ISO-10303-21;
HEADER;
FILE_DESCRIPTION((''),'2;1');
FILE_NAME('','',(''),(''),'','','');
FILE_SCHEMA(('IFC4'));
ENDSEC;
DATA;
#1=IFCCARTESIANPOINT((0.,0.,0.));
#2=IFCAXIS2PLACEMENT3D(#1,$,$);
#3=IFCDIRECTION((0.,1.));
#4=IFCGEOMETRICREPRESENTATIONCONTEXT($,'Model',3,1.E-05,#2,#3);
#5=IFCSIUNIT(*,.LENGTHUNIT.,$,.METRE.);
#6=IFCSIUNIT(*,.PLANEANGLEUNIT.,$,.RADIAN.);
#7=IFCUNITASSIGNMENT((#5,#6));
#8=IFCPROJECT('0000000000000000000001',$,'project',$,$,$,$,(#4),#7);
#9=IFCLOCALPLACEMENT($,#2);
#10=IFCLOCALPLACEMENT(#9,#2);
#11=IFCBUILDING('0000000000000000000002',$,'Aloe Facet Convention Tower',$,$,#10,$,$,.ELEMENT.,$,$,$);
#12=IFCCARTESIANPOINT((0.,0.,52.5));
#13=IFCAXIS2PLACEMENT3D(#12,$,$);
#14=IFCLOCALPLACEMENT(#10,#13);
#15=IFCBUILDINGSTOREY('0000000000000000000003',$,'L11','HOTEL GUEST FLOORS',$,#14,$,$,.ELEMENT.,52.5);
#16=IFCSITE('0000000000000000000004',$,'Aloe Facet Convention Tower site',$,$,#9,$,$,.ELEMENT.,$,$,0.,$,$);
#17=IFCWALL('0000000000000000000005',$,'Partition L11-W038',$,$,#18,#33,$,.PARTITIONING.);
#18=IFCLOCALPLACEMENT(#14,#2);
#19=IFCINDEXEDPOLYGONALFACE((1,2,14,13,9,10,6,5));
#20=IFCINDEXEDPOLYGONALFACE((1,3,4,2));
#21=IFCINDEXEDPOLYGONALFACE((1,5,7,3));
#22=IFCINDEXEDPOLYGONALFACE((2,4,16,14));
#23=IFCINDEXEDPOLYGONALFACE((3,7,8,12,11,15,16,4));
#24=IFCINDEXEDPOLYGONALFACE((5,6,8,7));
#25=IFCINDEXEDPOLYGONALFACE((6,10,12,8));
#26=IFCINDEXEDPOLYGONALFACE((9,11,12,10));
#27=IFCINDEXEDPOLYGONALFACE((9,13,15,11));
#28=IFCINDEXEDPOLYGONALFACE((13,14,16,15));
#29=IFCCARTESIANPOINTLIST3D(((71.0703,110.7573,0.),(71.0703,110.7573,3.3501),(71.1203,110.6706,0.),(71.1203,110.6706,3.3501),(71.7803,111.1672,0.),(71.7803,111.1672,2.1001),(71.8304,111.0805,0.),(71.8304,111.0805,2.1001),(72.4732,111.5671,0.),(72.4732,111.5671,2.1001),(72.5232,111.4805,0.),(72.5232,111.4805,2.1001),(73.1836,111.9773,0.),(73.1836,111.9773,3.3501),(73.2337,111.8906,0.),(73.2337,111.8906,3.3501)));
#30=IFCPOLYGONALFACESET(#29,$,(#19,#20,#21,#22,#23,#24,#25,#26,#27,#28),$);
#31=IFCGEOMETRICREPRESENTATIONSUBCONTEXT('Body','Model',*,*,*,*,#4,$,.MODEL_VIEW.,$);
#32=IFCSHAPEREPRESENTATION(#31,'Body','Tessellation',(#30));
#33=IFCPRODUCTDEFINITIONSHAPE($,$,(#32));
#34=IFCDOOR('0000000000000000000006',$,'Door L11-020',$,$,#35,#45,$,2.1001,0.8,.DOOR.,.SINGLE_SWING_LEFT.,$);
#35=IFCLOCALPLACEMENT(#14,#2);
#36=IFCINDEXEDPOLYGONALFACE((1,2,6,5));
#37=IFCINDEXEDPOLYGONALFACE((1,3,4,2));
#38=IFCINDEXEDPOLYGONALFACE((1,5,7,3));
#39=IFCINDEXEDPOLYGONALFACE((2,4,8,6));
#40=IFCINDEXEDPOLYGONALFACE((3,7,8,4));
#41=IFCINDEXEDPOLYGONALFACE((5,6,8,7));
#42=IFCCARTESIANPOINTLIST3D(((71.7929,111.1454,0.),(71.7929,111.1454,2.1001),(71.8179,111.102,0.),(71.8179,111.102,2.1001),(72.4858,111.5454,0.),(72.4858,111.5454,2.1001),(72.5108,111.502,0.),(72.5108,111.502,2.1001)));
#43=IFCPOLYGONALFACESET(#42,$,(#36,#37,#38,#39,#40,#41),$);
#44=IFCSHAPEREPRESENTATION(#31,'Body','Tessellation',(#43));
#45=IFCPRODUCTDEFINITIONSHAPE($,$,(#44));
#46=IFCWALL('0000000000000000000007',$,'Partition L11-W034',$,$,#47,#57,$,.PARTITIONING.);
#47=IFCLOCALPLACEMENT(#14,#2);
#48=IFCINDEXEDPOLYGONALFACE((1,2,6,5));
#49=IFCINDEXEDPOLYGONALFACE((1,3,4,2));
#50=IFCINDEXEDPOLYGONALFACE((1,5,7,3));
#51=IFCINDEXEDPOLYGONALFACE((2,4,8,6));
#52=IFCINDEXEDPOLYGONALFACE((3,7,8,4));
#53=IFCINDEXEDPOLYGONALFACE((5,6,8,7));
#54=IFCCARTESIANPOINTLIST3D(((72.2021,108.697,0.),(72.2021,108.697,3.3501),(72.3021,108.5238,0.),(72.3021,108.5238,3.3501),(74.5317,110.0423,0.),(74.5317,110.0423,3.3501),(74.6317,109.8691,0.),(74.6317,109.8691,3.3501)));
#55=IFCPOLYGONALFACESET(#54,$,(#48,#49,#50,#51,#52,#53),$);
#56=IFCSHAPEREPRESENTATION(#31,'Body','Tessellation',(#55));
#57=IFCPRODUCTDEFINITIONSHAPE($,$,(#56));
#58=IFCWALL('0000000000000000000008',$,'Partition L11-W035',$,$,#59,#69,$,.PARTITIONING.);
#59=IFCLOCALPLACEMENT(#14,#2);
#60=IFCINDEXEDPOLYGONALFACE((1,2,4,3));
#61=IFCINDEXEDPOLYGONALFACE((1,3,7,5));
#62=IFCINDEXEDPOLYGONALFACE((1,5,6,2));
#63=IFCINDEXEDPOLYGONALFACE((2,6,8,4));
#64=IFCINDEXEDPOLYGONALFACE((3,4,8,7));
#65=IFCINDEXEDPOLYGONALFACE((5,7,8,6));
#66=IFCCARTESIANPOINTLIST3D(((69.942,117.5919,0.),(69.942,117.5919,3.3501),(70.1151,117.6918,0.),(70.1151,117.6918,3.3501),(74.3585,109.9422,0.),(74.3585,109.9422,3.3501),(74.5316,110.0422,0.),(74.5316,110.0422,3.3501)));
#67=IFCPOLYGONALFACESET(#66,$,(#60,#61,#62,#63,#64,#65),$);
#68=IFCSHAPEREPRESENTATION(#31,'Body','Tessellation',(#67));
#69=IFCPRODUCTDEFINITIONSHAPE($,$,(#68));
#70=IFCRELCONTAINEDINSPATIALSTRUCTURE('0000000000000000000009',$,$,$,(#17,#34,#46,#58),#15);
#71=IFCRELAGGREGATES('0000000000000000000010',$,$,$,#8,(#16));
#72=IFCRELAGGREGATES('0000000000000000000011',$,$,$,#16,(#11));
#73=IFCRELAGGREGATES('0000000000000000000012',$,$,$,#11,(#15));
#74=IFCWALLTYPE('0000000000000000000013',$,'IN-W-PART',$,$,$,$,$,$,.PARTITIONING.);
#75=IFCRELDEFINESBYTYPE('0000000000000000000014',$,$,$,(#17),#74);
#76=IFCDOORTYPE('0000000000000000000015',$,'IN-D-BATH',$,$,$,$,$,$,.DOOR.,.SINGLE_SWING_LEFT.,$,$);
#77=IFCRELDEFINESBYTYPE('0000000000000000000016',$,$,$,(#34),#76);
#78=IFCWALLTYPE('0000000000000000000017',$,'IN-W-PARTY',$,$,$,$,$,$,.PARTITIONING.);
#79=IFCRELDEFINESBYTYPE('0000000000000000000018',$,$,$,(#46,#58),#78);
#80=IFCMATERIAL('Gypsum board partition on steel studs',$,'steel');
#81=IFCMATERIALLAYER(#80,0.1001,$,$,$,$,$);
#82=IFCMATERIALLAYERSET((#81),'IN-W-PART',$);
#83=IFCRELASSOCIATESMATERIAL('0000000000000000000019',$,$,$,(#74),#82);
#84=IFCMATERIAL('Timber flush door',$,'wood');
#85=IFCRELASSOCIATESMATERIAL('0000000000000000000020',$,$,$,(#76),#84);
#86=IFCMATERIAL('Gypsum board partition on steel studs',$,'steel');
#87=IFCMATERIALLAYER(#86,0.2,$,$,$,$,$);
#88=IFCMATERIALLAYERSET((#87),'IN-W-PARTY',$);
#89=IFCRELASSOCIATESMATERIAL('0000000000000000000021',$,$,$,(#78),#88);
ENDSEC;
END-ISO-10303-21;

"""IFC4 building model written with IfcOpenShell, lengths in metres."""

from ifc_helpers import new_model, si_unit, direction, frame, frame_2d, origin, place, context, subcontext, project, spatial, rectangle, extrude, material, layer, layer_set, type_object, element, fill, save


model = new_model("IFC4")

# Units and contexts
model_context = context("Model", 3, precision=1e-05, world=origin(), true_north=direction((0.0, 1.0)))
body_context = subcontext(model_context, "Body", "Model", "MODEL_VIEW")
ifc_project = project(units=[si_unit("LENGTHUNIT", "METRE"), si_unit("PLANEANGLEUNIT", "RADIAN")], contexts=[model_context])

# Site, building, storey
site_placement = place(None, origin())
site = spatial("IfcSite", under=ifc_project, at=site_placement, Name="Aloe Facet Convention Tower site", CompositionType="ELEMENT", RefElevation=0.0)
building_placement = place(site_placement, origin())
building = spatial("IfcBuilding", under=site, at=building_placement, Name="Aloe Facet Convention Tower", CompositionType="ELEMENT")
storey_placement = place(building_placement, frame((0.0, 0.0, 52.5)))
storey = spatial("IfcBuildingStorey", under=building, at=storey_placement, Name="L11", Description="HOTEL GUEST FLOORS", CompositionType="ELEMENT", Elevation=52.5)

# Shared definitions
ifc_material_1 = material(Name="Gypsum board partition on steel studs", Category="steel")
ifc_layer_1 = layer(ifc_material_1, 0.1001)
ifc_layer_set_1 = layer_set([ifc_layer_1], Name="IN-W-PART")
wall_type_1 = type_object("IfcWallType", Name="IN-W-PART", PredefinedType="PARTITIONING", material=ifc_layer_set_1)

# Wall, opening, door
wall_1_placement = place(storey_placement, frame((71.0952, 110.7139, 0.0), z_axis=(0.0, 0.0, 1.0), x_axis=(0.866049, 0.499959, 0.0)))
wall_1 = element("IfcWall", 1, at=wall_1_placement, inside=storey, type_object=wall_type_1, Name="Partition L11-W038", PredefinedType="PARTITIONING", context=body_context, shape_type="SweptSolid", body=[
    extrude(rectangle(XDim=2.4402, YDim=0.1001, at=frame_2d((1.2202, 0.0))), origin(), (0.0, 0.0, 1.0), 3.3501),
])
opening_placement = place(wall_1_placement, frame((0.8201, 0.0, 0.0)))
opening = element("IfcOpeningElement", 2, at=opening_placement, cuts=wall_1, PredefinedType="OPENING", context=body_context, shape_type="SweptSolid", body=[
    extrude(rectangle(XDim=0.8, YDim=2.1001, at=frame_2d((0.3999, 1.05))), frame((0.0, 0.0601, 0.0), z_axis=(0.0, -1.0, 0.0), x_axis=(1.0, 0.0, 0.0)), (0.0, 0.0, 1.0), 0.1201),
])
ifc_material_2 = material(Name="Timber flush door", Category="wood")
door_type = type_object("IfcDoorType", Name="IN-D-BATH", OperationType="SINGLE_SWING_LEFT", PredefinedType="DOOR", material=ifc_material_2)
door_placement = place(opening_placement, origin())
door = element("IfcDoor", 3, at=door_placement, inside=storey, type_object=door_type, Name="Door L11-020", OperationType="SINGLE_SWING_LEFT", OverallHeight=2.1001, OverallWidth=0.8, PredefinedType="DOOR", context=body_context, shape_type="SweptSolid", body=[
    extrude(rectangle(XDim=0.8, YDim=2.1001, at=frame_2d((0.3999, 1.05))), frame((0.0, 0.0249, 0.0), z_axis=(0.0, -1.0, 0.0), x_axis=(1.0, 0.0, 0.0)), (0.0, 0.0, 1.0), 0.05),
])
fill(opening, door)

# Walls
ifc_material_3 = material(Name="Gypsum board partition on steel studs", Category="steel")
ifc_layer_2 = layer(ifc_material_3, 0.2)
ifc_layer_set_2 = layer_set([ifc_layer_2], Name="IN-W-PARTY")
wall_type_2 = type_object("IfcWallType", Name="IN-W-PARTY", PredefinedType="PARTITIONING", material=ifc_layer_set_2)
wall_2_placement = place(storey_placement, frame((72.252, 108.6104, 0.0), z_axis=(0.0, 0.0, 1.0), x_axis=(0.865989, 0.500063, 0.0)))
element("IfcWall", 4, at=wall_2_placement, inside=storey, type_object=wall_type_2, Name="Partition L11-W034", PredefinedType="PARTITIONING", context=body_context, shape_type="SweptSolid", body=[
    extrude(rectangle(XDim=2.6902, YDim=0.2, at=frame_2d((1.3452, 0.0))), origin(), (0.0, 0.0, 1.0), 3.3501),
])
wall_3_placement = place(storey_placement, frame((70.0286, 117.6418, 0.0), z_axis=(0.0, 0.0, 1.0), x_axis=(0.499998, -0.866027, 0.0)))
element("IfcWall", 5, at=wall_3_placement, inside=storey, type_object=wall_type_2, Name="Partition L11-W035", PredefinedType="PARTITIONING", context=body_context, shape_type="SweptSolid", body=[
    extrude(rectangle(XDim=8.833, YDim=0.2, at=frame_2d((4.4165, 0.0))), origin(), (0.0, 0.0, 1.0), 3.3501),
])

save(model, "model.ifc")
